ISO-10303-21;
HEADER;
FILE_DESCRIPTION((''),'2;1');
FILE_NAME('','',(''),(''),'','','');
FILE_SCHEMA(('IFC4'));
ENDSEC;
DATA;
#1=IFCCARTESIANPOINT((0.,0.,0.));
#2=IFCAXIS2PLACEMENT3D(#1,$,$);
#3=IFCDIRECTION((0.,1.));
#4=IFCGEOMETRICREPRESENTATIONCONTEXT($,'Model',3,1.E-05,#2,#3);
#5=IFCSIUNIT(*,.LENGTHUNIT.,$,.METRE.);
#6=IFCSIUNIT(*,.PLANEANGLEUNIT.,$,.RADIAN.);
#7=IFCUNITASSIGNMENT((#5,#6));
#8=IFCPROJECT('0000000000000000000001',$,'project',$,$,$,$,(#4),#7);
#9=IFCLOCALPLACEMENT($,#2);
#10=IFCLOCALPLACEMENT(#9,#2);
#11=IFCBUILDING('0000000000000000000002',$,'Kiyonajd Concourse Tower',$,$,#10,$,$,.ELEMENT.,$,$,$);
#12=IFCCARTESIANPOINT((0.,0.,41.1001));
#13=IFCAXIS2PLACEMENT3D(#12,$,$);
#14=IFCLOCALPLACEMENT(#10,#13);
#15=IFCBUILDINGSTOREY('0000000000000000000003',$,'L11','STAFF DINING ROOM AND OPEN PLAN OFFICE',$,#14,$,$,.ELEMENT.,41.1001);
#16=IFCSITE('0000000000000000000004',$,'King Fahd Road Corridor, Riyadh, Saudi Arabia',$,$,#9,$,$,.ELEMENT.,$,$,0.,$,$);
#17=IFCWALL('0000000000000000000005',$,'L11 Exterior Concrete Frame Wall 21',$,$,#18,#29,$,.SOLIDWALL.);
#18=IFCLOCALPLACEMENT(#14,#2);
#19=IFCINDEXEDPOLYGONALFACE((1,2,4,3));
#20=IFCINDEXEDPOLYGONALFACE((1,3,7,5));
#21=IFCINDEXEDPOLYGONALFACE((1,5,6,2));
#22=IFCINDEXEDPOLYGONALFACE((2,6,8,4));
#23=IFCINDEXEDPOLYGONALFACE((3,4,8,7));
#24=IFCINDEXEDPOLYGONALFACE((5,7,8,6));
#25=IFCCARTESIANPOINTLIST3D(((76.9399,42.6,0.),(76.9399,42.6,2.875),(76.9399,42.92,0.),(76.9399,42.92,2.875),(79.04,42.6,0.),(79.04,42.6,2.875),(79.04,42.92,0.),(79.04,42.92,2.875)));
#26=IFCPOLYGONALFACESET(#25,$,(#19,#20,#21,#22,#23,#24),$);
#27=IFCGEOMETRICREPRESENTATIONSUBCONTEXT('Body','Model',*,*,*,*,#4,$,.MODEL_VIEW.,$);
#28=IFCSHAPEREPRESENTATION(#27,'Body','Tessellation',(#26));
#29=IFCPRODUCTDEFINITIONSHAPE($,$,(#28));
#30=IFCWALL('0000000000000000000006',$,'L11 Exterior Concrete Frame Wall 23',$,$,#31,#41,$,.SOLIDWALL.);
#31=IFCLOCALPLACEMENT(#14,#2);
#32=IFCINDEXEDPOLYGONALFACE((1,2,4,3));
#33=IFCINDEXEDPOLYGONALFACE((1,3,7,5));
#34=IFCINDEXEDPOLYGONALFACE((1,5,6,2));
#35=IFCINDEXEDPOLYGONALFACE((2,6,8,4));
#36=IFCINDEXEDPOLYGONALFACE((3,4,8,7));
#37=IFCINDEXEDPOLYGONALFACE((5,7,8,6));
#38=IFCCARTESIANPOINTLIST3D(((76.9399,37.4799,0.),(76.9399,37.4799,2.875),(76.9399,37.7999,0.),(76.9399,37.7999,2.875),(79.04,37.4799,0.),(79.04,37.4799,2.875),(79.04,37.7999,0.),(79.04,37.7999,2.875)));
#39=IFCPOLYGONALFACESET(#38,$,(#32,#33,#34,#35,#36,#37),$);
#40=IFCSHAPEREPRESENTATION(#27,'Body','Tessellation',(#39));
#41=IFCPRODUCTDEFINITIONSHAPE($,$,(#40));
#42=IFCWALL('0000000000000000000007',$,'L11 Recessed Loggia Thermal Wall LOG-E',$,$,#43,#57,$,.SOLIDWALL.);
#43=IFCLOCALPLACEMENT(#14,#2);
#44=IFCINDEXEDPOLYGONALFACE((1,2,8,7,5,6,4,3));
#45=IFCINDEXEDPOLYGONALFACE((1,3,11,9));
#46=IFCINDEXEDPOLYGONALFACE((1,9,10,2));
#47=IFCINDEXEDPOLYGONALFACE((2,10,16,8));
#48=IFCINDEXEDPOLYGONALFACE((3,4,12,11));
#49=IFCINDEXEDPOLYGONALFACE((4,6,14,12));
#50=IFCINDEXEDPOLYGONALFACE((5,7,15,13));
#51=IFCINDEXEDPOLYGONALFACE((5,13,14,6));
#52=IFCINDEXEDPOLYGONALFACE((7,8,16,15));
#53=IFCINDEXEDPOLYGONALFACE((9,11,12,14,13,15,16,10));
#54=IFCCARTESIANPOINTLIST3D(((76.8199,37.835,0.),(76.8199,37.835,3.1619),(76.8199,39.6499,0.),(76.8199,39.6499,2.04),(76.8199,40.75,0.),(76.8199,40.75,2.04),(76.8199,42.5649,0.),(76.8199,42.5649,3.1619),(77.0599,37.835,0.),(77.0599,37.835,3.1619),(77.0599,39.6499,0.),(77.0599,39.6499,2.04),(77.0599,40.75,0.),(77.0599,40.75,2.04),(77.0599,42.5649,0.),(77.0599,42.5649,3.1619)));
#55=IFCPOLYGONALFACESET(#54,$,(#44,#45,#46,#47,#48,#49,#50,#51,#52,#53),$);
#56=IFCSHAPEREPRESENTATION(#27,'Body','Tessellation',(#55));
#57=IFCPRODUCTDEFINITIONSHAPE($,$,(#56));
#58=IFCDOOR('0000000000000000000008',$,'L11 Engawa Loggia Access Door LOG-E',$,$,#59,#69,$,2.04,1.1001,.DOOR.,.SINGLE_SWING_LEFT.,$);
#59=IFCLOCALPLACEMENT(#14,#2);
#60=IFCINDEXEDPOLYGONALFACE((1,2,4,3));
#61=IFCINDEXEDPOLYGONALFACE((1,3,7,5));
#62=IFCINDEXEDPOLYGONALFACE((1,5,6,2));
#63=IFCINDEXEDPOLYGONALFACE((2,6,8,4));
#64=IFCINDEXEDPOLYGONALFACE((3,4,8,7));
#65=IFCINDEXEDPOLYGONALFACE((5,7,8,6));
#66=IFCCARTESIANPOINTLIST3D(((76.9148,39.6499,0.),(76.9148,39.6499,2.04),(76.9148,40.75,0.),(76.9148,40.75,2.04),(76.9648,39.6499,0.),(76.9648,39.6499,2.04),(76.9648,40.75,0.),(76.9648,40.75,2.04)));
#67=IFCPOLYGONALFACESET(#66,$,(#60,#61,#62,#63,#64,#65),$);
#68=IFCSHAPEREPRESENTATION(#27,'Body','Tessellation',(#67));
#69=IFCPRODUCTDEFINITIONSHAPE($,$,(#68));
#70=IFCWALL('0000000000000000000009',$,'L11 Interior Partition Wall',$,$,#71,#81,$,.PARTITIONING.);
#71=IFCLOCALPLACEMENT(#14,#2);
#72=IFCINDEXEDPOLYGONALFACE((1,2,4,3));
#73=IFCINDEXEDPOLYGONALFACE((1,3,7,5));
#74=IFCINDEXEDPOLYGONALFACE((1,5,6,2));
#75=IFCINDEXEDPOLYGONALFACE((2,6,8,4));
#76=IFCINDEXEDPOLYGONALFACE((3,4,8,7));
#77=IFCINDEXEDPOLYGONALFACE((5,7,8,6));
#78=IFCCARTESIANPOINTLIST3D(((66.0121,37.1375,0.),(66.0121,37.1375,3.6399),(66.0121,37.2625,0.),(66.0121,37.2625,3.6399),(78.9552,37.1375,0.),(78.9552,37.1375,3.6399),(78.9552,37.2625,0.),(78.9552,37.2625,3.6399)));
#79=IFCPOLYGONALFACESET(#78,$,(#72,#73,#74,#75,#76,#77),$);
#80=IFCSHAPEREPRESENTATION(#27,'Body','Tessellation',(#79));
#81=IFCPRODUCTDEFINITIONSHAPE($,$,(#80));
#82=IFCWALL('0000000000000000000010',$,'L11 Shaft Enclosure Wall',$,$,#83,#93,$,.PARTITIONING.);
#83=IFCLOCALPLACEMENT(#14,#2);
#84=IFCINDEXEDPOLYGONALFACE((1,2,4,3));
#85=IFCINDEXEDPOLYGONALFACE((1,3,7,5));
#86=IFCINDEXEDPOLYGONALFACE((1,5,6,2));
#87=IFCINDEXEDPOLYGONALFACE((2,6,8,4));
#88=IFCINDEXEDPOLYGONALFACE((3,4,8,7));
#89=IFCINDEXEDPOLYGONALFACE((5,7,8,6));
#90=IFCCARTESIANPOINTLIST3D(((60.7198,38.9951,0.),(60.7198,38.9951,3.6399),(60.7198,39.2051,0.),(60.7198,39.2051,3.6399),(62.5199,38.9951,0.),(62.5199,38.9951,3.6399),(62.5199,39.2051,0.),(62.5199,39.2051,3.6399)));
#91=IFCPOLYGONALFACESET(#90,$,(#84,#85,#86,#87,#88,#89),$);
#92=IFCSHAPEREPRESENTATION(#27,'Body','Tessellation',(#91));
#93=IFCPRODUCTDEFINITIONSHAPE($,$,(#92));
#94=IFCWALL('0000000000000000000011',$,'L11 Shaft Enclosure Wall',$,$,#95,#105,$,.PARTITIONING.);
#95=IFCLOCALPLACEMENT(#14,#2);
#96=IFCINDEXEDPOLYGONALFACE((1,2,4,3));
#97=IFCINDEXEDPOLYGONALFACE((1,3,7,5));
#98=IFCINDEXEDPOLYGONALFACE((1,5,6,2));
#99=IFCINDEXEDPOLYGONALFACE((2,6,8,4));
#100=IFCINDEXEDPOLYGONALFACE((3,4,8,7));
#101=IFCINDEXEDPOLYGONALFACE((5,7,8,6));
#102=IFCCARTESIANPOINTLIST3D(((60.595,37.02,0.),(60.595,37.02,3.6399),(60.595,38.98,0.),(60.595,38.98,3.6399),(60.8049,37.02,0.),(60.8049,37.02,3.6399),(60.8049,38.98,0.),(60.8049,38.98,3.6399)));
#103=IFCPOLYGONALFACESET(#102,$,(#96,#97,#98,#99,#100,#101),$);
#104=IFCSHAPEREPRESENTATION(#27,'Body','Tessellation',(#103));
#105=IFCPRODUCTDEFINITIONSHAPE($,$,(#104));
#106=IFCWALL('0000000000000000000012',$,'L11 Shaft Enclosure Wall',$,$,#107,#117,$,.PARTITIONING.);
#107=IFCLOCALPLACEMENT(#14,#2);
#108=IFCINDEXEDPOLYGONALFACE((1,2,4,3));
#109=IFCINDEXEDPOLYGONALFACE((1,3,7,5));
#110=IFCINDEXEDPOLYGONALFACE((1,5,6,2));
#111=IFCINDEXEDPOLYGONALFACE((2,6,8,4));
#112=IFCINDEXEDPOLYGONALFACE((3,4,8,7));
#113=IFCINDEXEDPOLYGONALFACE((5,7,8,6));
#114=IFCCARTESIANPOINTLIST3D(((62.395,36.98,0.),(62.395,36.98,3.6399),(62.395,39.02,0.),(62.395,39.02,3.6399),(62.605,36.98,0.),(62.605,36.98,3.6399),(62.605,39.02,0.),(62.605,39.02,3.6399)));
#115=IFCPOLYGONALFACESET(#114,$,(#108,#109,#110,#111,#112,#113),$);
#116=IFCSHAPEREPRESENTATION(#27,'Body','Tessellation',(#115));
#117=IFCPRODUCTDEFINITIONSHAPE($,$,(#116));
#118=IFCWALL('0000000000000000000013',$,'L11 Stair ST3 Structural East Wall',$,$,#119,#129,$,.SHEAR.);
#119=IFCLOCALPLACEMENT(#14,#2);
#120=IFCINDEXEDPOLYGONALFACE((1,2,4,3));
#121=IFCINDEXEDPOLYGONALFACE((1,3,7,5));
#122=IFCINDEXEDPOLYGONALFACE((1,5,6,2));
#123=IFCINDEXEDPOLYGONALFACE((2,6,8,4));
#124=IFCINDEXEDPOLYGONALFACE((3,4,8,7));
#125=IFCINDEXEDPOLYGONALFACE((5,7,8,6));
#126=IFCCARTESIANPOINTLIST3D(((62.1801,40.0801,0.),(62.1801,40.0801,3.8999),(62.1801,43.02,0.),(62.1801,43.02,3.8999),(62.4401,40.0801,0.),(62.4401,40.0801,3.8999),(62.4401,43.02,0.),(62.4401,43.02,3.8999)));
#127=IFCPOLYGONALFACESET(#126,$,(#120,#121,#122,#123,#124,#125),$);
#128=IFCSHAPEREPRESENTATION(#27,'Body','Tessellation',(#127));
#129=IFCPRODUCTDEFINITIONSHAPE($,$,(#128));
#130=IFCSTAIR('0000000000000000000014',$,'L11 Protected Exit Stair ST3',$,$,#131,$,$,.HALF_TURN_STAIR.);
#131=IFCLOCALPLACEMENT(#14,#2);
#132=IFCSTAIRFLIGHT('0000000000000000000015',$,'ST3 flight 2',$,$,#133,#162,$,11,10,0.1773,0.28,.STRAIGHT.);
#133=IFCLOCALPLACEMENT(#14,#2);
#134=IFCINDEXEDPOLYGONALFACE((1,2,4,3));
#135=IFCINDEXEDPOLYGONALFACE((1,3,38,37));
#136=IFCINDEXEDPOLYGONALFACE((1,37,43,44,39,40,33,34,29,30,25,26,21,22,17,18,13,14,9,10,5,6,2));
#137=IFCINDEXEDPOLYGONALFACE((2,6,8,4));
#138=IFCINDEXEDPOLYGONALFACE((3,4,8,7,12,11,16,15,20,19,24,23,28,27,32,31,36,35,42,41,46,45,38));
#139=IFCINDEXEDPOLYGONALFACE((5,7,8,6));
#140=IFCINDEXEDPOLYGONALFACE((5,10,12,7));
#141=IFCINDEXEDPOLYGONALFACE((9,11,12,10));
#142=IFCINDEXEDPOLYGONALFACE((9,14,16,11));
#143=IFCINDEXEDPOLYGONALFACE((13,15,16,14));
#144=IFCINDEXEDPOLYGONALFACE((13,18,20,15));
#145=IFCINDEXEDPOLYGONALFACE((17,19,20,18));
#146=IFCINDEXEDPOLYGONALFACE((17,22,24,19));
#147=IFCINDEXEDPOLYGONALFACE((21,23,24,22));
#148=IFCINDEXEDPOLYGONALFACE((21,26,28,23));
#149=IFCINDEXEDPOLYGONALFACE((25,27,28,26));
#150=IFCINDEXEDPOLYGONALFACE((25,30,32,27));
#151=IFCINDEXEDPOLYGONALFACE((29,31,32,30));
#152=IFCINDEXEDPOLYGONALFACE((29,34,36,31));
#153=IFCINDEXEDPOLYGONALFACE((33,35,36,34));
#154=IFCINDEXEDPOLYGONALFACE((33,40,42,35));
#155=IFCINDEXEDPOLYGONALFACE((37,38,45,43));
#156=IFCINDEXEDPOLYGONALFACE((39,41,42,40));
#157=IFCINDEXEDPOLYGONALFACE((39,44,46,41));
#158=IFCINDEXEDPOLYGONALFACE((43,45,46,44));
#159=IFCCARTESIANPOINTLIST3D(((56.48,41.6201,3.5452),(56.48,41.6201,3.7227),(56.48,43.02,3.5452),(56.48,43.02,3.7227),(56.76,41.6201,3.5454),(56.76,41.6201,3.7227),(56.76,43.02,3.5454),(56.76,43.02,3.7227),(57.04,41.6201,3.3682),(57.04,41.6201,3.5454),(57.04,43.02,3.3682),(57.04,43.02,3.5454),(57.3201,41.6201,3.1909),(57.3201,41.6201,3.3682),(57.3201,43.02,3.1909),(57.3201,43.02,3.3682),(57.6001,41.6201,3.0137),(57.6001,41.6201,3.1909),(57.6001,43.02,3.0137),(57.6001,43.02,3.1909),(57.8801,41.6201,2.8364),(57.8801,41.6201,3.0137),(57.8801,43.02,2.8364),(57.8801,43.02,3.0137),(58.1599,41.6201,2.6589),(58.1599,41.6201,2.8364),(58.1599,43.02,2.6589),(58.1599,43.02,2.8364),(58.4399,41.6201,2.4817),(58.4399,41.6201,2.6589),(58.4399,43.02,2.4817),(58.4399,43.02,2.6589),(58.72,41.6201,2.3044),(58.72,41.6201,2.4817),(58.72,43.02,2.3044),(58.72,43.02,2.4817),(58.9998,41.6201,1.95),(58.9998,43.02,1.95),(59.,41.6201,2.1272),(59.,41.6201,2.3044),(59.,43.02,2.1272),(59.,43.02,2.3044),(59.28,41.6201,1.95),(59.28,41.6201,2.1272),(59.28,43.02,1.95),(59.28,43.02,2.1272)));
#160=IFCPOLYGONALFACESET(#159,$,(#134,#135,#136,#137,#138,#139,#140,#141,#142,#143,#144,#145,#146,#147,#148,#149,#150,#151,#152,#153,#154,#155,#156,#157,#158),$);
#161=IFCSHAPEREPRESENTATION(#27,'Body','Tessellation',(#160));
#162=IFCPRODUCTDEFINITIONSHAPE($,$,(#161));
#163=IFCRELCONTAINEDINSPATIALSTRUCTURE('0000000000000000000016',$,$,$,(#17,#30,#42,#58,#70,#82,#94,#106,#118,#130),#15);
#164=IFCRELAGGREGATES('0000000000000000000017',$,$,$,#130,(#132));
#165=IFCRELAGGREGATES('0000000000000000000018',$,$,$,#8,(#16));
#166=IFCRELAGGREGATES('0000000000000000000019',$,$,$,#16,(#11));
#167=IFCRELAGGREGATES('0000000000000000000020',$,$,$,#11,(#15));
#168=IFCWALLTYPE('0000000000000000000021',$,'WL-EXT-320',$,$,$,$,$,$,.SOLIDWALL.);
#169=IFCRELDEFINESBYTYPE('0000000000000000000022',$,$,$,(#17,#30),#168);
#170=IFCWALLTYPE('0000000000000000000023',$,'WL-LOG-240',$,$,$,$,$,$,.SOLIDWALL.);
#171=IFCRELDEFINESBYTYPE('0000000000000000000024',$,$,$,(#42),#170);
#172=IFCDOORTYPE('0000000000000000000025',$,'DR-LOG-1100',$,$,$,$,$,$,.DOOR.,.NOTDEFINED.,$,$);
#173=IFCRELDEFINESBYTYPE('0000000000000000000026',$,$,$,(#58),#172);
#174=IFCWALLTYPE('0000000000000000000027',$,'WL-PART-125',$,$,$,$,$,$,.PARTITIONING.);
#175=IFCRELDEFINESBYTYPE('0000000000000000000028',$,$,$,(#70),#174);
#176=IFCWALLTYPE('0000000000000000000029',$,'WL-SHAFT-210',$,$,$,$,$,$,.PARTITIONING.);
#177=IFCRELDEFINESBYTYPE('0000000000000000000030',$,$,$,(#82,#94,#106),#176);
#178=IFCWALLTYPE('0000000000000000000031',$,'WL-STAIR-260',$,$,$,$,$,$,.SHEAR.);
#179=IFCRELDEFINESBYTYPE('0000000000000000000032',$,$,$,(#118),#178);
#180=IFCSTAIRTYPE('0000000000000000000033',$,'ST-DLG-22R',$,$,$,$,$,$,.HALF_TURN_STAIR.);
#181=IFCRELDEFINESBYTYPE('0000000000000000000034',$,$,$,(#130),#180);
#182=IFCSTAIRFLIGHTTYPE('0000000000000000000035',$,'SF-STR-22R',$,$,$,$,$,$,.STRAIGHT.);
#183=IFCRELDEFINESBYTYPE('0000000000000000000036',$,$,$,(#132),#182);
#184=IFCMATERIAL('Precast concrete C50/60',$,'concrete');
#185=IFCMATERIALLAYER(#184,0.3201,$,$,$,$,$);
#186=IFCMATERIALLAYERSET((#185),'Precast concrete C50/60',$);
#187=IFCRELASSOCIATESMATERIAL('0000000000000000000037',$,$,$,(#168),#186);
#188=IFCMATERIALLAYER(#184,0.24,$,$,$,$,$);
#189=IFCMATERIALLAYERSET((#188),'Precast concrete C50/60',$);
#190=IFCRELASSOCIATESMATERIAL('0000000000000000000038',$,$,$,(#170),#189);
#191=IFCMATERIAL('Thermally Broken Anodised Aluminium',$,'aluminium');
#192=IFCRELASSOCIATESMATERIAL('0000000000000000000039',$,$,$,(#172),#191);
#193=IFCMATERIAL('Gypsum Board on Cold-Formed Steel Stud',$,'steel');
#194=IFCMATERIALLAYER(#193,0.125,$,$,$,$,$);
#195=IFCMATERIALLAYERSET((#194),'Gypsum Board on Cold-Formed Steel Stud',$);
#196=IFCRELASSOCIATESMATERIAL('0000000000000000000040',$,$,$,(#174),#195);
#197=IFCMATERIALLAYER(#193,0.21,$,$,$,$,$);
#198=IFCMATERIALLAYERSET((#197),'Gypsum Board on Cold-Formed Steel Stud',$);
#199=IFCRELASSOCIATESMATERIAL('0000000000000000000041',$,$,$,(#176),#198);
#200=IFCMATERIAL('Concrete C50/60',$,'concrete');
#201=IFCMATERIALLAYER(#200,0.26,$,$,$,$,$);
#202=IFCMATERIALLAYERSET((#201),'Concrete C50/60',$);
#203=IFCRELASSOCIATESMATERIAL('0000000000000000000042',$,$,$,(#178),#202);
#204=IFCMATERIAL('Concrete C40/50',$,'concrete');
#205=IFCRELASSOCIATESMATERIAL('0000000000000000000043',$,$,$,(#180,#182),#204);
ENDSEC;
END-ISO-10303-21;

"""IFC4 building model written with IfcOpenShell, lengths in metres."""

from ifc_helpers import new_model, si_unit, direction, frame, frame_2d, origin, place, context, subcontext, project, spatial, polyline, rectangle, outline, extrude, material, layer, layer_set, type_object, element, fill, aggregate, save


model = new_model("IFC4")

# Units and contexts
model_context = context("Model", 3, precision=1e-05, world=origin(), true_north=direction((0.0, 1.0)))
body_context = subcontext(model_context, "Body", "Model", "MODEL_VIEW")
ifc_project = project(units=[si_unit("LENGTHUNIT", "METRE"), si_unit("PLANEANGLEUNIT", "RADIAN")], contexts=[model_context])

# Site, building, storey
site_placement = place(None, origin())
site = spatial("IfcSite", under=ifc_project, at=site_placement, Name="King Fahd Road Corridor, Riyadh, Saudi Arabia", CompositionType="ELEMENT", RefElevation=0.0)
building_placement = place(site_placement, origin())
building = spatial("IfcBuilding", under=site, at=building_placement, Name="Kiyonajd Concourse Tower", CompositionType="ELEMENT")
storey_placement = place(building_placement, frame((0.0, 0.0, 41.1001)))
storey = spatial("IfcBuildingStorey", under=building, at=storey_placement, Name="L11", Description="STAFF DINING ROOM AND OPEN PLAN OFFICE", CompositionType="ELEMENT", Elevation=41.1001)

# Shared definitions
ifc_material_1 = material(Name="Precast concrete C50/60", Category="concrete")

# Shared definitions
ifc_material_2 = material(Name="Thermally Broken Anodised Aluminium", Category="aluminium")

# Walls
ifc_layer_1 = layer(ifc_material_1, 0.3201)
ifc_layer_set_1 = layer_set([ifc_layer_1], Name="Precast concrete C50/60")
wall_type_1 = type_object("IfcWallType", Name="WL-EXT-320", PredefinedType="SOLIDWALL", material=ifc_layer_set_1)
for number, where, z_axis, x_axis, name in (
    (1, (79.04, 42.76, 0.0), (0.0, 0.0, 1.0), (-1.0, 0.0, 0.0), "L11 Exterior Concrete Frame Wall 21"),
    (2, (76.9399, 37.6399, 0.0), (0.0, 0.0, 1.0), (1.0, 0.0, 0.0), "L11 Exterior Concrete Frame Wall 23"),
):
    element("IfcWall", number, at=place(storey_placement, frame(where, z_axis=z_axis, x_axis=x_axis)), inside=storey, type_object=wall_type_1, Name=name, PredefinedType="SOLIDWALL", context=body_context, shape_type="SweptSolid", body=[
        extrude(rectangle(XDim=2.1001, YDim=0.3201, at=frame_2d((1.05, 0.0))), origin(), (0.0, 0.0, 1.0), 2.875),
    ])

# Wall, opening, door
ifc_layer_2 = layer(ifc_material_1, 0.24)
ifc_layer_set_2 = layer_set([ifc_layer_2], Name="Precast concrete C50/60")
wall_type_2 = type_object("IfcWallType", Name="WL-LOG-240", PredefinedType="SOLIDWALL", material=ifc_layer_set_2)
wall_1_placement = place(storey_placement, frame((76.9399, 42.5649, 0.0), z_axis=(0.0, 0.0, 1.0), x_axis=(0.0, -1.0, 0.0)))
wall_1 = element("IfcWall", 3, at=wall_1_placement, inside=storey, type_object=wall_type_2, Name="L11 Recessed Loggia Thermal Wall LOG-E", PredefinedType="SOLIDWALL", context=body_context, shape_type="SweptSolid", body=[
    extrude(rectangle(XDim=4.73, YDim=0.24, at=frame_2d((2.365, 0.0))), origin(), (0.0, 0.0, 1.0), 3.1619),
])
opening_placement = place(wall_1_placement, frame((1.8149, 0.0, 0.0)))
opening = element("IfcOpeningElement", 4, at=opening_placement, cuts=wall_1, PredefinedType="OPENING", context=body_context, shape_type="SweptSolid", body=[
    extrude(rectangle(XDim=1.1001, YDim=2.04, at=frame_2d((0.55, 1.02))), frame((0.0, 0.1299, 0.0), z_axis=(0.0, -1.0, 0.0), x_axis=(1.0, 0.0, 0.0)), (0.0, 0.0, 1.0), 0.26),
])
door_type = type_object("IfcDoorType", Name="DR-LOG-1100", OperationType="NOTDEFINED", PredefinedType="DOOR", material=ifc_material_2)
door_placement = place(opening_placement, origin())
door = element("IfcDoor", 5, at=door_placement, inside=storey, type_object=door_type, Name="L11 Engawa Loggia Access Door LOG-E", OperationType="SINGLE_SWING_LEFT", OverallHeight=2.04, OverallWidth=1.1001, PredefinedType="DOOR", context=body_context, shape_type="SweptSolid", body=[
    extrude(rectangle(XDim=1.1001, YDim=2.04, at=frame_2d((0.55, 1.02))), frame((0.0, 0.0249, 0.0), z_axis=(0.0, -1.0, 0.0), x_axis=(1.0, 0.0, 0.0)), (0.0, 0.0, 1.0), 0.05),
])
fill(opening, door)

# Walls
ifc_material_3 = material(Name="Gypsum Board on Cold-Formed Steel Stud", Category="steel")
ifc_layer_3 = layer(ifc_material_3, 0.125)
ifc_layer_set_3 = layer_set([ifc_layer_3], Name="Gypsum Board on Cold-Formed Steel Stud")
wall_type_3 = type_object("IfcWallType", Name="WL-PART-125", PredefinedType="PARTITIONING", material=ifc_layer_set_3)
wall_2_placement = place(storey_placement, frame((66.012, 37.2, 0.0), z_axis=(0.0, 0.0, 1.0), x_axis=(1.0, 0.0, 0.0)))
element("IfcWall", 6, at=wall_2_placement, inside=storey, type_object=wall_type_3, Name="L11 Interior Partition Wall", PredefinedType="PARTITIONING", context=body_context, shape_type="SweptSolid", body=[
    extrude(rectangle(XDim=12.9431, YDim=0.125, at=frame_2d((6.4717, 0.0))), origin(), (0.0, 0.0, 1.0), 3.6399),
])
ifc_layer_4 = layer(ifc_material_3, 0.21)
ifc_layer_set_4 = layer_set([ifc_layer_4], Name="Gypsum Board on Cold-Formed Steel Stud")
wall_type_4 = type_object("IfcWallType", Name="WL-SHAFT-210", PredefinedType="PARTITIONING", material=ifc_layer_set_4)
wall_3_placement = place(storey_placement, frame((60.72, 39.1001, 0.0), z_axis=(0.0, 0.0, 1.0), x_axis=(1.0, 0.0, 0.0)))
element("IfcWall", 7, at=wall_3_placement, inside=storey, type_object=wall_type_4, Name="L11 Shaft Enclosure Wall", PredefinedType="PARTITIONING", context=body_context, shape_type="SweptSolid", body=[
    extrude(rectangle(XDim=1.8, YDim=0.21, at=frame_2d((0.8999, 0.0))), origin(), (0.0, 0.0, 1.0), 3.6399),
])
wall_4_placement = place(storey_placement, frame((60.7, 37.02, 0.0), z_axis=(0.0, 0.0, 1.0), x_axis=(0.0, 1.0, 0.0)))
element("IfcWall", 8, at=wall_4_placement, inside=storey, type_object=wall_type_4, Name="L11 Shaft Enclosure Wall", PredefinedType="PARTITIONING", context=body_context, shape_type="SweptSolid", body=[
    extrude(rectangle(XDim=1.96, YDim=0.21, at=frame_2d((0.98, 0.0))), origin(), (0.0, 0.0, 1.0), 3.6399),
])
wall_5_placement = place(storey_placement, frame((62.5, 36.98, 0.0), z_axis=(0.0, 0.0, 1.0), x_axis=(0.0, 1.0, 0.0)))
element("IfcWall", 9, at=wall_5_placement, inside=storey, type_object=wall_type_4, Name="L11 Shaft Enclosure Wall", PredefinedType="PARTITIONING", context=body_context, shape_type="SweptSolid", body=[
    extrude(rectangle(XDim=2.04, YDim=0.21, at=frame_2d((1.02, 0.0))), origin(), (0.0, 0.0, 1.0), 3.6399),
])
ifc_material_4 = material(Name="Concrete C50/60", Category="concrete")
ifc_layer_5 = layer(ifc_material_4, 0.26)
ifc_layer_set_5 = layer_set([ifc_layer_5], Name="Concrete C50/60")
wall_type_5 = type_object("IfcWallType", Name="WL-STAIR-260", PredefinedType="SHEAR", material=ifc_layer_set_5)
wall_6_placement = place(storey_placement, frame((62.3101, 40.0801, 0.0), z_axis=(0.0, 0.0, 1.0), x_axis=(0.0, 1.0, 0.0)))
element("IfcWall", 10, at=wall_6_placement, inside=storey, type_object=wall_type_5, Name="L11 Stair ST3 Structural East Wall", PredefinedType="SHEAR", context=body_context, shape_type="SweptSolid", body=[
    extrude(rectangle(XDim=2.9399, YDim=0.26, at=frame_2d((1.47, 0.0))), origin(), (0.0, 0.0, 1.0), 3.8999),
])

# Stair, stair flight
ifc_material_5 = material(Name="Concrete C40/50", Category="concrete")
stair_type = type_object("IfcStairType", Name="ST-DLG-22R", PredefinedType="HALF_TURN_STAIR", material=ifc_material_5)
stair_placement = place(storey_placement, origin())
stair = element("IfcStair", 11, at=stair_placement, inside=storey, type_object=stair_type, Name="L11 Protected Exit Stair ST3", PredefinedType="HALF_TURN_STAIR")
stair_flight_type = type_object("IfcStairFlightType", Name="SF-STR-22R", PredefinedType="STRAIGHT", material=ifc_material_5)
stair_flight_placement = place(storey_placement, frame((59.28, 42.3201, 1.95), z_axis=(0.0, 0.0, 1.0), x_axis=(-1.0, 0.0, 0.0)))
stair_flight = element("IfcStairFlight", 12, at=stair_flight_placement, type_object=stair_flight_type, Name="ST3 flight 2", NumberOfRisers=11, NumberOfTreads=10, PredefinedType="STRAIGHT", RiserHeight=0.1773, TreadLength=0.28, context=body_context, shape_type="SweptSolid", body=[
    extrude(outline(polyline([(0.0, 0.0), (0.0, 0.1772), (0.28, 0.1772), (0.28, 0.3545), (0.5601, 0.3545), (0.5601, 0.5317), (0.8401, 0.5317), (0.8401, 0.709), (1.1201, 0.709), (1.1201, 0.8865), (1.3999, 0.8865), (1.3999, 1.0637), (1.6799, 1.0637), (1.6799, 1.241), (1.96, 1.241), (1.96, 1.4182), (2.24, 1.4182), (2.24, 1.5955), (2.52, 1.5955), (2.52, 1.7727), (2.8, 1.7727), (2.8, 1.95), (2.8, 1.5952), (0.2803, 0.0), (0.0, 0.0)])), frame((0.0, 0.7, 0.0), z_axis=(0.0, -1.0, 0.0), x_axis=(1.0, 0.0, 0.0)), (0.0, 0.0, 1.0), 1.3999),
])
aggregate(stair, [stair_flight])

save(model, "model.ifc")
